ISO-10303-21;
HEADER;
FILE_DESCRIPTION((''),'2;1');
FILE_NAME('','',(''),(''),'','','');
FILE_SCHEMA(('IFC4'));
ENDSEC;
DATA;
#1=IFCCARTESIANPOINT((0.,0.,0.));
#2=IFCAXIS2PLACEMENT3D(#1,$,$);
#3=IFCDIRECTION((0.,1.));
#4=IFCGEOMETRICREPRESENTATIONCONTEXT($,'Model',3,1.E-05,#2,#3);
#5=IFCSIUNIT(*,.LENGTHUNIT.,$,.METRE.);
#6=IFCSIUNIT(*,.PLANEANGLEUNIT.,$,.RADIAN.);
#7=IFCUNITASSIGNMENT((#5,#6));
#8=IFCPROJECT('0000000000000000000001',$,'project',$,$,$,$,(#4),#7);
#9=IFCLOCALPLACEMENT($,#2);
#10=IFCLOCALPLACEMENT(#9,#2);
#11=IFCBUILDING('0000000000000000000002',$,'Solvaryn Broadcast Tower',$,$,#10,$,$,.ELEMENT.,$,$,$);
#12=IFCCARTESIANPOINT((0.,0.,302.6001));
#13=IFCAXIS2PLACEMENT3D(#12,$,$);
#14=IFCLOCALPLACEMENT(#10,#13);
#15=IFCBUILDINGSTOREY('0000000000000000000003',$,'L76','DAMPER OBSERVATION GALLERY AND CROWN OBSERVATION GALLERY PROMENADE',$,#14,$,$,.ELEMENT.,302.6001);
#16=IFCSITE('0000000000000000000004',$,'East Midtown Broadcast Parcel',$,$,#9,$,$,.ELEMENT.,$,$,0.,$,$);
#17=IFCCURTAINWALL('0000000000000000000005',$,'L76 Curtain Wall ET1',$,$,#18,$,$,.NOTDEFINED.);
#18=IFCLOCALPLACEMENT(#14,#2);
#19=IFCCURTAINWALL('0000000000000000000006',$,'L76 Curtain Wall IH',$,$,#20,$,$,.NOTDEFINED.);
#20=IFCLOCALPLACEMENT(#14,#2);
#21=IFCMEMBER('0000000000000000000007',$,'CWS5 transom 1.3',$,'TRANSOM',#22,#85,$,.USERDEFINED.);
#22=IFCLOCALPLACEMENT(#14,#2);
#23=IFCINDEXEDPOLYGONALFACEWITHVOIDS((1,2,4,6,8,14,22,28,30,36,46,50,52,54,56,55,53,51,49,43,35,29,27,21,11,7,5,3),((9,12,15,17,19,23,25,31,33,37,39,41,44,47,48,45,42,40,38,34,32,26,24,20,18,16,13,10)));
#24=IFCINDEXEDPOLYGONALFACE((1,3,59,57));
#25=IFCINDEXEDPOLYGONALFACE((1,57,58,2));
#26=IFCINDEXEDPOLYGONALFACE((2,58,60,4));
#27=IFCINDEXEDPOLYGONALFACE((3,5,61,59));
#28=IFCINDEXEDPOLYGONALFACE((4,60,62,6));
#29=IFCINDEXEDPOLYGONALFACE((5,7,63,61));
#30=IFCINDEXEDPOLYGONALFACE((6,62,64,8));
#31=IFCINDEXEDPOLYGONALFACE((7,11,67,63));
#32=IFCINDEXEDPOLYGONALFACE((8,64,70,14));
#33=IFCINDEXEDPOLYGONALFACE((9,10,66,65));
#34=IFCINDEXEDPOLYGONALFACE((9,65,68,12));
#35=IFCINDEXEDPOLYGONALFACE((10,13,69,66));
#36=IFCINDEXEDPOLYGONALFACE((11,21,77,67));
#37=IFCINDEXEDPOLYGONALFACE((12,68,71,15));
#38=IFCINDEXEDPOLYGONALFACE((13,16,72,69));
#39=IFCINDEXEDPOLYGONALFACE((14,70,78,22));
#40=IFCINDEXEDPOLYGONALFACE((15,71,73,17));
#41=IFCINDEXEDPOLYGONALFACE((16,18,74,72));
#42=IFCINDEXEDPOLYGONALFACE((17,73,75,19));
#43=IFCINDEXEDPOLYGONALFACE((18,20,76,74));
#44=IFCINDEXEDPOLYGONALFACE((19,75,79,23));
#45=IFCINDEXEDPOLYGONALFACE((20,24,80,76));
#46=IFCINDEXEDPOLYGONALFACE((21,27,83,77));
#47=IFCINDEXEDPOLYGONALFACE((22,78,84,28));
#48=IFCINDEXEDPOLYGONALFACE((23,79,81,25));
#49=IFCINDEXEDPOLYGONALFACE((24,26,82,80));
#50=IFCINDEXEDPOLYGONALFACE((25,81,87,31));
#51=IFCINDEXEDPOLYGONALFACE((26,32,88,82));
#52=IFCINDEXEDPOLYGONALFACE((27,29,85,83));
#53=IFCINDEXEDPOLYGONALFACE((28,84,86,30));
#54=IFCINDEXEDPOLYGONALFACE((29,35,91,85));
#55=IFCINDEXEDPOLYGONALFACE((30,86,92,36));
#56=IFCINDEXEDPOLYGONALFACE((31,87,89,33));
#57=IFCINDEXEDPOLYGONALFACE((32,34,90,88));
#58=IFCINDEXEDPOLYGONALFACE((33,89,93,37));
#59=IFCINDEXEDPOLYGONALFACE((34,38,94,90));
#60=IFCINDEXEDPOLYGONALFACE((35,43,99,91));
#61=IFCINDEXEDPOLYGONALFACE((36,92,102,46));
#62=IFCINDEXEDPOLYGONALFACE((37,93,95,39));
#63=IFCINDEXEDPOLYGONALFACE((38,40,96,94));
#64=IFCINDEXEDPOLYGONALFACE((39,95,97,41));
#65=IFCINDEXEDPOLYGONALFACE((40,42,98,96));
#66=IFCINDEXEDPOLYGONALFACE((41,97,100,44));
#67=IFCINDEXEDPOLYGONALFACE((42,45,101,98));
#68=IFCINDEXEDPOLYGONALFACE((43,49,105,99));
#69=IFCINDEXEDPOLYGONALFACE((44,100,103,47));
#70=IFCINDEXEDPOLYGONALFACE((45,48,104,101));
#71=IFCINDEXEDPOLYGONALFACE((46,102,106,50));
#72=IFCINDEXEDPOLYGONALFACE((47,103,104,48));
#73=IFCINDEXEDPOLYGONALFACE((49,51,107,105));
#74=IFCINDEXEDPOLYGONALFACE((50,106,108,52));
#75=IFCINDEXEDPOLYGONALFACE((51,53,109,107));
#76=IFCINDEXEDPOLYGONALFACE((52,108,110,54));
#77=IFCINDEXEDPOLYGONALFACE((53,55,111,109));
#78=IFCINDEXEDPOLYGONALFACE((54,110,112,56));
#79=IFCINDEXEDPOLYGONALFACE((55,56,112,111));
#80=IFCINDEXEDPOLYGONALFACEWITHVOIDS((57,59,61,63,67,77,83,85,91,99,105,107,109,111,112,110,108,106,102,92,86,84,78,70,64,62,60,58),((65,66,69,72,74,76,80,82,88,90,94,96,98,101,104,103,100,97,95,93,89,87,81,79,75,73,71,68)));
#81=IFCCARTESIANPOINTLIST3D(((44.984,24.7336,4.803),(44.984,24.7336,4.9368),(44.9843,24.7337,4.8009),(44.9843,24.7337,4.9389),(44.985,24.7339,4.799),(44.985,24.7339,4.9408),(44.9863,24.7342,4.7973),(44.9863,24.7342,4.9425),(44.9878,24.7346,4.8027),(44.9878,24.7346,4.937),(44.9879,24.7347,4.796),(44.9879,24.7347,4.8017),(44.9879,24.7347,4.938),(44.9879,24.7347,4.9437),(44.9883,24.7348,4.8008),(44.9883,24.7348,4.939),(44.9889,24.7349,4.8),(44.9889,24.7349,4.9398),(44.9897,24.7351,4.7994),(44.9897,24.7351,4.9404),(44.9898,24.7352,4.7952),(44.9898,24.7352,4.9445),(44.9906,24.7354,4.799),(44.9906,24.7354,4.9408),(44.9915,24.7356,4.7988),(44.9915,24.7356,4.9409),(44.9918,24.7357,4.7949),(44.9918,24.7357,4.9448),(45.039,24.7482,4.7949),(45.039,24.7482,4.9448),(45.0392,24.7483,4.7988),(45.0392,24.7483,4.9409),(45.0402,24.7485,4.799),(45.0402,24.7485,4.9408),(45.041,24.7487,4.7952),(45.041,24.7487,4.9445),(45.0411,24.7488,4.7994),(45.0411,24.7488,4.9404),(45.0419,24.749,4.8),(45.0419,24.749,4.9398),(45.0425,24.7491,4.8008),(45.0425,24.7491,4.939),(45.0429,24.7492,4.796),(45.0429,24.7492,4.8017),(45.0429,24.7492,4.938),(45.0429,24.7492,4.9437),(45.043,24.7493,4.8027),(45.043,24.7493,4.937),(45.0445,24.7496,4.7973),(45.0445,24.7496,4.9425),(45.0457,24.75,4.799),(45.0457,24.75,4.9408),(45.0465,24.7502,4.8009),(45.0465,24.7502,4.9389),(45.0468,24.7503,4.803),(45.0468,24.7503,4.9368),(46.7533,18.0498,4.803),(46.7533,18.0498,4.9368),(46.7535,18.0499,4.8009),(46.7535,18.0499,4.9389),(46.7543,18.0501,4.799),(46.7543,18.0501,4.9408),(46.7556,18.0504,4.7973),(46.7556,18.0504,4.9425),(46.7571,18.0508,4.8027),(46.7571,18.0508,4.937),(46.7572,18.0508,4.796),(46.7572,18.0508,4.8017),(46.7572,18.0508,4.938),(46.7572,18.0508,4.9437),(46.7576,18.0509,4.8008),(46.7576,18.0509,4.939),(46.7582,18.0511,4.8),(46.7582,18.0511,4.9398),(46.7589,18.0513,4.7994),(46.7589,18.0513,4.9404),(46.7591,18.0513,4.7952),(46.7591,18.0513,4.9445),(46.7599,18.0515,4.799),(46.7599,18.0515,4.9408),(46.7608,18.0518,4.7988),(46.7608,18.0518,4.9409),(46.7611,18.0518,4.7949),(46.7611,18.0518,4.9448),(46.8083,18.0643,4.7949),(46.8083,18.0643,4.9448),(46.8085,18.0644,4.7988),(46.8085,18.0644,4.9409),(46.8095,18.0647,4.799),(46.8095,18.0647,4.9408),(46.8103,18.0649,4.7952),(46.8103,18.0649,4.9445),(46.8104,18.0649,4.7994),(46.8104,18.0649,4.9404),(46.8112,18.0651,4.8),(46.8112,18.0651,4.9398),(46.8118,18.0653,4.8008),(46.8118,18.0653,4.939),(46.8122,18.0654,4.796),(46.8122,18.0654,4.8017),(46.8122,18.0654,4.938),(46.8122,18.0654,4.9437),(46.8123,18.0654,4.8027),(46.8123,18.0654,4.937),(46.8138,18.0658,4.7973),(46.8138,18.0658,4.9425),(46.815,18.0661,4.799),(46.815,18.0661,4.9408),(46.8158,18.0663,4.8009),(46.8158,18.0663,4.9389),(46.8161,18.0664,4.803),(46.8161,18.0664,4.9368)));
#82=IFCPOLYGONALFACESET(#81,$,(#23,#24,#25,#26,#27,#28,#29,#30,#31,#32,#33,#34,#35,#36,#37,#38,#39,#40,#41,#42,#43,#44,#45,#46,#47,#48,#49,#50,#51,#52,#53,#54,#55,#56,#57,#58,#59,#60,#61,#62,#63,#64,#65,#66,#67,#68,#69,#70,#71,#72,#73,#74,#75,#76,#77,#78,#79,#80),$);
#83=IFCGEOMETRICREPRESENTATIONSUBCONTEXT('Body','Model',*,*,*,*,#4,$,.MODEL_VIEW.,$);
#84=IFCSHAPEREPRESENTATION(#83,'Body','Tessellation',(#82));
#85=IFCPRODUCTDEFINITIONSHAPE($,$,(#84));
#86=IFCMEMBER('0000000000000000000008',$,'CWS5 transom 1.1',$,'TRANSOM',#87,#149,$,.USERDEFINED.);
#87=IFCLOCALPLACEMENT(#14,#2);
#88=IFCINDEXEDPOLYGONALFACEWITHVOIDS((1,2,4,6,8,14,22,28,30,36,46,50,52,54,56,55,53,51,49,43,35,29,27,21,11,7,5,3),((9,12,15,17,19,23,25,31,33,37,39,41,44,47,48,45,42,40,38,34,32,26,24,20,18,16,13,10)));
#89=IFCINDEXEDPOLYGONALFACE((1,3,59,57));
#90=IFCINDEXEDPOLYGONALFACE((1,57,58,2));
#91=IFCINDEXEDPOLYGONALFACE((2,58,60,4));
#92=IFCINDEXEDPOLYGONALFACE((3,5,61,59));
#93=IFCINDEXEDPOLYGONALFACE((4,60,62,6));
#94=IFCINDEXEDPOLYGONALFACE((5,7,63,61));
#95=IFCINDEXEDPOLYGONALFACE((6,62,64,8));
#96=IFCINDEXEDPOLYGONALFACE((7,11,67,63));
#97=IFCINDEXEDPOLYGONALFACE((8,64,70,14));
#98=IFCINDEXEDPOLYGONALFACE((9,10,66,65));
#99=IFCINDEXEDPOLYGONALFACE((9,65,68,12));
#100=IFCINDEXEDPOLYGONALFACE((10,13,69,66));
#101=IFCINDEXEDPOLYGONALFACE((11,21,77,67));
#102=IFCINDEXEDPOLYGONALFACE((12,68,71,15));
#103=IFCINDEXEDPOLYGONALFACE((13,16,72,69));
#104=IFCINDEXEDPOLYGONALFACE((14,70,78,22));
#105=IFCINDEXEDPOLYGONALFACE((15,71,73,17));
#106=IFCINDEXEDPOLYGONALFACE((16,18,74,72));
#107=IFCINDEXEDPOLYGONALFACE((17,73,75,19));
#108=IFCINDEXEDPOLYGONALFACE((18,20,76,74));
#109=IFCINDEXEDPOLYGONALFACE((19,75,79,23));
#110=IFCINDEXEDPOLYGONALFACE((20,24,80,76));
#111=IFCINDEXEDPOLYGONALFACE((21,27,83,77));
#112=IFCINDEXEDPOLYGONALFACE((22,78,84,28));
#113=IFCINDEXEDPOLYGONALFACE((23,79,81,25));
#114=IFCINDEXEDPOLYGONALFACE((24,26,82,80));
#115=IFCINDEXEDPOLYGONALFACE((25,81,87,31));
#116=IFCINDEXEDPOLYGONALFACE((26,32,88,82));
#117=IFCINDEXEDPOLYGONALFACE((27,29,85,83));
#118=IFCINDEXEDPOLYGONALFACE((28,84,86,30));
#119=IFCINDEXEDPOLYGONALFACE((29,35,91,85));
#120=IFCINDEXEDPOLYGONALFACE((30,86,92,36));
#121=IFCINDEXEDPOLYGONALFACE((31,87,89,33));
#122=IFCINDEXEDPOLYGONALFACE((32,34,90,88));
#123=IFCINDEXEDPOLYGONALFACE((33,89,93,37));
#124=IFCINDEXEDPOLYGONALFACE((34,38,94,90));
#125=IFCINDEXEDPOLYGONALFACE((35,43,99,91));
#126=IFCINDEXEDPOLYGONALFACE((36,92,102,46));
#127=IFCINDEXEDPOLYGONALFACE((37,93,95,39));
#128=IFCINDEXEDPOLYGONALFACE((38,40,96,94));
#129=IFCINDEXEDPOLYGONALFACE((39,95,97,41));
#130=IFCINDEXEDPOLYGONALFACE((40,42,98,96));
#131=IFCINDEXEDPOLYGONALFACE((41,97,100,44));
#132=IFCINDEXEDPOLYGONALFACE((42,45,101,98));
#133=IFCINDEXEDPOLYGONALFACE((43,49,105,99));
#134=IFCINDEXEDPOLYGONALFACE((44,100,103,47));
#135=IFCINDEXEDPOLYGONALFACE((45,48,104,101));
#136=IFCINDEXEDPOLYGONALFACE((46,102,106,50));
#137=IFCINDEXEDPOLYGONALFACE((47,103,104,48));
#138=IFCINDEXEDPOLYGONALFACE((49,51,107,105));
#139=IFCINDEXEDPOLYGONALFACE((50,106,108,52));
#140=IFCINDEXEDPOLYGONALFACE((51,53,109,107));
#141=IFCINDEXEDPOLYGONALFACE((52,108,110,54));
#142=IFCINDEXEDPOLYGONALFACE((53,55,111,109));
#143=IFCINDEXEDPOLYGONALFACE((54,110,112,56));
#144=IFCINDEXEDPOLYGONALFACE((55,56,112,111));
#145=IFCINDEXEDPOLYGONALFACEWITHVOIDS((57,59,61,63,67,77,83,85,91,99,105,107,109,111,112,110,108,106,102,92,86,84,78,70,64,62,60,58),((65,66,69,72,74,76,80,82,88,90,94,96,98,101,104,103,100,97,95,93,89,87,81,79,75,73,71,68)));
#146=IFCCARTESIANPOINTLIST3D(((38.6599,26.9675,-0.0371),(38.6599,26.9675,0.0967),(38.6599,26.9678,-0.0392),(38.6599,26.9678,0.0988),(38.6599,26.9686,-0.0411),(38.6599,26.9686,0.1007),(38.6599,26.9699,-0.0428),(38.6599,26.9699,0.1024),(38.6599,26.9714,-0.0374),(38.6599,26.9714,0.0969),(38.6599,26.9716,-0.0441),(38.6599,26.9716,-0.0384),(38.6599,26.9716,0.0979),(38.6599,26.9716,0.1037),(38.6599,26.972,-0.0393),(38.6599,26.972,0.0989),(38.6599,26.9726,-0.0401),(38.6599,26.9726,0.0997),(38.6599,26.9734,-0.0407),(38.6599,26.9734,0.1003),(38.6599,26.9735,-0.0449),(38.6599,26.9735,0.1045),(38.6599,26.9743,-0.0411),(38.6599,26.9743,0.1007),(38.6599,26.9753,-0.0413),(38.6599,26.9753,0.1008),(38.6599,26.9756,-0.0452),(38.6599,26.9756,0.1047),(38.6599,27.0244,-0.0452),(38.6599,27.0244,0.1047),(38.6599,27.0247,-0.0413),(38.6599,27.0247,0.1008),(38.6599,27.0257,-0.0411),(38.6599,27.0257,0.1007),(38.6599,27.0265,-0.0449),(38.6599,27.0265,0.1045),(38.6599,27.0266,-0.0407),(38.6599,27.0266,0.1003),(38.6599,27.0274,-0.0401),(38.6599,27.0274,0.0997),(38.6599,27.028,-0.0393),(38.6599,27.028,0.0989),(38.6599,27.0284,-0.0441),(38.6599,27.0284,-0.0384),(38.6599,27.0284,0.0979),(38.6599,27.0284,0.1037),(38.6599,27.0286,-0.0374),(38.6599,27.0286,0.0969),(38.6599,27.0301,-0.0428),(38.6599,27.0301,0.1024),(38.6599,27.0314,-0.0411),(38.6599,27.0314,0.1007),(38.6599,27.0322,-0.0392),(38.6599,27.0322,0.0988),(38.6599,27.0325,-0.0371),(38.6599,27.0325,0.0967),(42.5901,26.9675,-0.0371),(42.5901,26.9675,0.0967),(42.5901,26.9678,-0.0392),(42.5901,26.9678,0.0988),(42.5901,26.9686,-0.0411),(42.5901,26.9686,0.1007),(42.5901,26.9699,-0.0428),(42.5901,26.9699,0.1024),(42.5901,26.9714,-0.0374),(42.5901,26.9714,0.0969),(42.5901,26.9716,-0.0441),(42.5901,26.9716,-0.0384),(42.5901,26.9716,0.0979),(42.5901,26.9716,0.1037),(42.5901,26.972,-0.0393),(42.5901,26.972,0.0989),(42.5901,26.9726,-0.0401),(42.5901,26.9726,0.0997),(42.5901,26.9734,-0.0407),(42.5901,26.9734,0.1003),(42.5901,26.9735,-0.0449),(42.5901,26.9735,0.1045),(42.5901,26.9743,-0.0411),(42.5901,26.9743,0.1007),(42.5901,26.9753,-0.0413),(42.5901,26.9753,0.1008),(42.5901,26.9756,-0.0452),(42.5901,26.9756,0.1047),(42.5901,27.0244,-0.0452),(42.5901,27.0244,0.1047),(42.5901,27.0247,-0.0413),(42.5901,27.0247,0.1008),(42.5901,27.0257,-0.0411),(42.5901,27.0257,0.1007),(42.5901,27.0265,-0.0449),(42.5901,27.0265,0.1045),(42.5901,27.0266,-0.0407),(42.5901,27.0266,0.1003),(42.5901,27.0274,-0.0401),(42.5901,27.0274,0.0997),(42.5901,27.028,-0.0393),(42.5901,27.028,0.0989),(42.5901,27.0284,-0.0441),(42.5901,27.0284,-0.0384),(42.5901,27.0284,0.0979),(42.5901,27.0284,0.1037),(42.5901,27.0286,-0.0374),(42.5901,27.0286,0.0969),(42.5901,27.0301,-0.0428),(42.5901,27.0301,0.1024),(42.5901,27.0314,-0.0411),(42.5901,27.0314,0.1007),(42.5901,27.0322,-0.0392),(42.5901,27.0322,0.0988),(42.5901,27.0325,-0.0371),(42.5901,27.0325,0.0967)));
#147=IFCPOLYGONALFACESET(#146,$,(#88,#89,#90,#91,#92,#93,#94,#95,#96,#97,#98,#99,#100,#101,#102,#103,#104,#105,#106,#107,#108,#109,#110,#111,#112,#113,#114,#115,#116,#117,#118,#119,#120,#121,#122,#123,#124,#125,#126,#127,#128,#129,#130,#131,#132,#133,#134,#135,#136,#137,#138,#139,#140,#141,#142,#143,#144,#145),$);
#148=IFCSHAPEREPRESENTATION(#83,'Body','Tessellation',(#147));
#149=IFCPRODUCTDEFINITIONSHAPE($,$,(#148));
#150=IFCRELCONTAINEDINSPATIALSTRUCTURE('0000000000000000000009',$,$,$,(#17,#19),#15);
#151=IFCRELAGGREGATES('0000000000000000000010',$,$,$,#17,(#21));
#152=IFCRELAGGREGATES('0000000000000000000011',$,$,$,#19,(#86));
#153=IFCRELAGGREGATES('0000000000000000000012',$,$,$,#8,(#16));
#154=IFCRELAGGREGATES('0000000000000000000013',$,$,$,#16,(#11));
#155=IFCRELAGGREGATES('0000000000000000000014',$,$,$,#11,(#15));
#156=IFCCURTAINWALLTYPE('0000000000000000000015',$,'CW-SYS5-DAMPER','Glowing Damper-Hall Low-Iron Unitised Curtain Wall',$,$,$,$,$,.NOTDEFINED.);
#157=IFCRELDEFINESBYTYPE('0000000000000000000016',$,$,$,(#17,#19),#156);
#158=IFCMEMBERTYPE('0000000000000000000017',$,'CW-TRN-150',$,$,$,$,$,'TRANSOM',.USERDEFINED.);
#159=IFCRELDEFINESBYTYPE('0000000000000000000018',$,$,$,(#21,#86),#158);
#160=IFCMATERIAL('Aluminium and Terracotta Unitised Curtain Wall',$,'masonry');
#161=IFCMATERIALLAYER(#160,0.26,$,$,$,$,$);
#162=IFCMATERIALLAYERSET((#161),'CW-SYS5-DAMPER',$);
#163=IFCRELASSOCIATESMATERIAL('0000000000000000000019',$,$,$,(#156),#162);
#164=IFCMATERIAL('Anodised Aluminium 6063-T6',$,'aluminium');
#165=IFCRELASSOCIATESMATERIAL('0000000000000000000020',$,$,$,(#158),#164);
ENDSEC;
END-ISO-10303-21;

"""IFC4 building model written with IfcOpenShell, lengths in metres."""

from ifc_helpers import new_model, si_unit, direction, frame, origin, origin_2d, place, context, subcontext, project, spatial, hollow_rectangle, extrude, material, layer, layer_set, material_profile, profile_set, type_object, element, aggregate, save


model = new_model("IFC4")

# Units and contexts
model_context = context("Model", 3, precision=1e-05, world=origin(), true_north=direction((0.0, 1.0)))
body_context = subcontext(model_context, "Body", "Model", "MODEL_VIEW")
ifc_project = project(units=[si_unit("LENGTHUNIT", "METRE"), si_unit("PLANEANGLEUNIT", "RADIAN")], contexts=[model_context])

# Site, building, storey
site_placement = place(None, origin())
site = spatial("IfcSite", under=ifc_project, at=site_placement, Name="East Midtown Broadcast Parcel", CompositionType="ELEMENT", RefElevation=0.0)
building_placement = place(site_placement, origin())
building = spatial("IfcBuilding", under=site, at=building_placement, Name="Solvaryn Broadcast Tower", CompositionType="ELEMENT")
storey_placement = place(building_placement, frame((0.0, 0.0, 302.6001)))
storey = spatial("IfcBuildingStorey", under=building, at=storey_placement, Name="L76", Description="DAMPER OBSERVATION GALLERY AND CROWN OBSERVATION GALLERY PROMENADE", CompositionType="ELEMENT", Elevation=302.6001)

# Shared definitions
ifc_material_1 = material(Name="Aluminium and Terracotta Unitised Curtain Wall", Category="masonry")
ifc_layer_1 = layer(ifc_material_1, 0.26)
ifc_layer_set_1 = layer_set([ifc_layer_1], Name="CW-SYS5-DAMPER")
curtain_wall_type = type_object("IfcCurtainWallType", Name="CW-SYS5-DAMPER", Description="Glowing Damper-Hall Low-Iron Unitised Curtain Wall", PredefinedType="NOTDEFINED", material=ifc_layer_set_1)

# Curtain wall
curtain_wall_1_placement = place(storey_placement, origin())
curtain_wall_1 = element("IfcCurtainWall", 1, at=curtain_wall_1_placement, inside=storey, type_object=curtain_wall_type, Name="L76 Curtain Wall ET1", PredefinedType="NOTDEFINED")

# Curtain wall
curtain_wall_2_placement = place(storey_placement, origin())
curtain_wall_2 = element("IfcCurtainWall", 2, at=curtain_wall_2_placement, inside=storey, type_object=curtain_wall_type, Name="L76 Curtain Wall IH", PredefinedType="NOTDEFINED")

# Members
ifc_material_2 = material(Name="Anodised Aluminium 6063-T6", Category="aluminium")
ifc_material_profile_1 = material_profile(ifc_material_2, hollow_rectangle(XDim=0.0649, YDim=0.1499, WallThickness=0.0039, InnerFilletRadius=0.0039, OuterFilletRadius=0.0081, at=origin_2d()))
ifc_profile_set_1 = profile_set([ifc_material_profile_1], Name="Anodised Aluminium 6063-T6")
member_type_1 = type_object("IfcMemberType", Name="CW-TRN-150", ElementType="TRANSOM", PredefinedType="USERDEFINED", material=ifc_profile_set_1)
member_1_placement = place(storey_placement, frame((45.0154, 24.7419, 4.8699), z_axis=(0.255897, -0.966704, 0.0), x_axis=(0.966704, 0.255897, 0.0)))
member_1 = element("IfcMember", 3, at=member_1_placement, type_object=member_type_1, Name="CWS5 transom 1.3", ObjectType="TRANSOM", PredefinedType="USERDEFINED", context=body_context, shape_type="SweptSolid", body=[
    extrude(hollow_rectangle(XDim=0.0649, YDim=0.1499, WallThickness=0.0039, InnerFilletRadius=0.0039, OuterFilletRadius=0.0081, at=origin_2d()), origin(), (0.0, 0.0, 1.0), 6.9141),
])
aggregate(curtain_wall_1, [member_1])
member_2_placement = place(storey_placement, frame((38.6599, 27.0, 0.0298), z_axis=(1.0, 0.0, 0.0), x_axis=(0.0, 1.0, 0.0)))
member_2 = element("IfcMember", 4, at=member_2_placement, type_object=member_type_1, Name="CWS5 transom 1.1", ObjectType="TRANSOM", PredefinedType="USERDEFINED", context=body_context, shape_type="SweptSolid", body=[
    extrude(hollow_rectangle(XDim=0.0649, YDim=0.1499, WallThickness=0.0039, InnerFilletRadius=0.0039, OuterFilletRadius=0.0081, at=origin_2d()), origin(), (0.0, 0.0, 1.0), 3.9302),
])

aggregate(curtain_wall_2, [member_2])

save(model, "model.ifc")
